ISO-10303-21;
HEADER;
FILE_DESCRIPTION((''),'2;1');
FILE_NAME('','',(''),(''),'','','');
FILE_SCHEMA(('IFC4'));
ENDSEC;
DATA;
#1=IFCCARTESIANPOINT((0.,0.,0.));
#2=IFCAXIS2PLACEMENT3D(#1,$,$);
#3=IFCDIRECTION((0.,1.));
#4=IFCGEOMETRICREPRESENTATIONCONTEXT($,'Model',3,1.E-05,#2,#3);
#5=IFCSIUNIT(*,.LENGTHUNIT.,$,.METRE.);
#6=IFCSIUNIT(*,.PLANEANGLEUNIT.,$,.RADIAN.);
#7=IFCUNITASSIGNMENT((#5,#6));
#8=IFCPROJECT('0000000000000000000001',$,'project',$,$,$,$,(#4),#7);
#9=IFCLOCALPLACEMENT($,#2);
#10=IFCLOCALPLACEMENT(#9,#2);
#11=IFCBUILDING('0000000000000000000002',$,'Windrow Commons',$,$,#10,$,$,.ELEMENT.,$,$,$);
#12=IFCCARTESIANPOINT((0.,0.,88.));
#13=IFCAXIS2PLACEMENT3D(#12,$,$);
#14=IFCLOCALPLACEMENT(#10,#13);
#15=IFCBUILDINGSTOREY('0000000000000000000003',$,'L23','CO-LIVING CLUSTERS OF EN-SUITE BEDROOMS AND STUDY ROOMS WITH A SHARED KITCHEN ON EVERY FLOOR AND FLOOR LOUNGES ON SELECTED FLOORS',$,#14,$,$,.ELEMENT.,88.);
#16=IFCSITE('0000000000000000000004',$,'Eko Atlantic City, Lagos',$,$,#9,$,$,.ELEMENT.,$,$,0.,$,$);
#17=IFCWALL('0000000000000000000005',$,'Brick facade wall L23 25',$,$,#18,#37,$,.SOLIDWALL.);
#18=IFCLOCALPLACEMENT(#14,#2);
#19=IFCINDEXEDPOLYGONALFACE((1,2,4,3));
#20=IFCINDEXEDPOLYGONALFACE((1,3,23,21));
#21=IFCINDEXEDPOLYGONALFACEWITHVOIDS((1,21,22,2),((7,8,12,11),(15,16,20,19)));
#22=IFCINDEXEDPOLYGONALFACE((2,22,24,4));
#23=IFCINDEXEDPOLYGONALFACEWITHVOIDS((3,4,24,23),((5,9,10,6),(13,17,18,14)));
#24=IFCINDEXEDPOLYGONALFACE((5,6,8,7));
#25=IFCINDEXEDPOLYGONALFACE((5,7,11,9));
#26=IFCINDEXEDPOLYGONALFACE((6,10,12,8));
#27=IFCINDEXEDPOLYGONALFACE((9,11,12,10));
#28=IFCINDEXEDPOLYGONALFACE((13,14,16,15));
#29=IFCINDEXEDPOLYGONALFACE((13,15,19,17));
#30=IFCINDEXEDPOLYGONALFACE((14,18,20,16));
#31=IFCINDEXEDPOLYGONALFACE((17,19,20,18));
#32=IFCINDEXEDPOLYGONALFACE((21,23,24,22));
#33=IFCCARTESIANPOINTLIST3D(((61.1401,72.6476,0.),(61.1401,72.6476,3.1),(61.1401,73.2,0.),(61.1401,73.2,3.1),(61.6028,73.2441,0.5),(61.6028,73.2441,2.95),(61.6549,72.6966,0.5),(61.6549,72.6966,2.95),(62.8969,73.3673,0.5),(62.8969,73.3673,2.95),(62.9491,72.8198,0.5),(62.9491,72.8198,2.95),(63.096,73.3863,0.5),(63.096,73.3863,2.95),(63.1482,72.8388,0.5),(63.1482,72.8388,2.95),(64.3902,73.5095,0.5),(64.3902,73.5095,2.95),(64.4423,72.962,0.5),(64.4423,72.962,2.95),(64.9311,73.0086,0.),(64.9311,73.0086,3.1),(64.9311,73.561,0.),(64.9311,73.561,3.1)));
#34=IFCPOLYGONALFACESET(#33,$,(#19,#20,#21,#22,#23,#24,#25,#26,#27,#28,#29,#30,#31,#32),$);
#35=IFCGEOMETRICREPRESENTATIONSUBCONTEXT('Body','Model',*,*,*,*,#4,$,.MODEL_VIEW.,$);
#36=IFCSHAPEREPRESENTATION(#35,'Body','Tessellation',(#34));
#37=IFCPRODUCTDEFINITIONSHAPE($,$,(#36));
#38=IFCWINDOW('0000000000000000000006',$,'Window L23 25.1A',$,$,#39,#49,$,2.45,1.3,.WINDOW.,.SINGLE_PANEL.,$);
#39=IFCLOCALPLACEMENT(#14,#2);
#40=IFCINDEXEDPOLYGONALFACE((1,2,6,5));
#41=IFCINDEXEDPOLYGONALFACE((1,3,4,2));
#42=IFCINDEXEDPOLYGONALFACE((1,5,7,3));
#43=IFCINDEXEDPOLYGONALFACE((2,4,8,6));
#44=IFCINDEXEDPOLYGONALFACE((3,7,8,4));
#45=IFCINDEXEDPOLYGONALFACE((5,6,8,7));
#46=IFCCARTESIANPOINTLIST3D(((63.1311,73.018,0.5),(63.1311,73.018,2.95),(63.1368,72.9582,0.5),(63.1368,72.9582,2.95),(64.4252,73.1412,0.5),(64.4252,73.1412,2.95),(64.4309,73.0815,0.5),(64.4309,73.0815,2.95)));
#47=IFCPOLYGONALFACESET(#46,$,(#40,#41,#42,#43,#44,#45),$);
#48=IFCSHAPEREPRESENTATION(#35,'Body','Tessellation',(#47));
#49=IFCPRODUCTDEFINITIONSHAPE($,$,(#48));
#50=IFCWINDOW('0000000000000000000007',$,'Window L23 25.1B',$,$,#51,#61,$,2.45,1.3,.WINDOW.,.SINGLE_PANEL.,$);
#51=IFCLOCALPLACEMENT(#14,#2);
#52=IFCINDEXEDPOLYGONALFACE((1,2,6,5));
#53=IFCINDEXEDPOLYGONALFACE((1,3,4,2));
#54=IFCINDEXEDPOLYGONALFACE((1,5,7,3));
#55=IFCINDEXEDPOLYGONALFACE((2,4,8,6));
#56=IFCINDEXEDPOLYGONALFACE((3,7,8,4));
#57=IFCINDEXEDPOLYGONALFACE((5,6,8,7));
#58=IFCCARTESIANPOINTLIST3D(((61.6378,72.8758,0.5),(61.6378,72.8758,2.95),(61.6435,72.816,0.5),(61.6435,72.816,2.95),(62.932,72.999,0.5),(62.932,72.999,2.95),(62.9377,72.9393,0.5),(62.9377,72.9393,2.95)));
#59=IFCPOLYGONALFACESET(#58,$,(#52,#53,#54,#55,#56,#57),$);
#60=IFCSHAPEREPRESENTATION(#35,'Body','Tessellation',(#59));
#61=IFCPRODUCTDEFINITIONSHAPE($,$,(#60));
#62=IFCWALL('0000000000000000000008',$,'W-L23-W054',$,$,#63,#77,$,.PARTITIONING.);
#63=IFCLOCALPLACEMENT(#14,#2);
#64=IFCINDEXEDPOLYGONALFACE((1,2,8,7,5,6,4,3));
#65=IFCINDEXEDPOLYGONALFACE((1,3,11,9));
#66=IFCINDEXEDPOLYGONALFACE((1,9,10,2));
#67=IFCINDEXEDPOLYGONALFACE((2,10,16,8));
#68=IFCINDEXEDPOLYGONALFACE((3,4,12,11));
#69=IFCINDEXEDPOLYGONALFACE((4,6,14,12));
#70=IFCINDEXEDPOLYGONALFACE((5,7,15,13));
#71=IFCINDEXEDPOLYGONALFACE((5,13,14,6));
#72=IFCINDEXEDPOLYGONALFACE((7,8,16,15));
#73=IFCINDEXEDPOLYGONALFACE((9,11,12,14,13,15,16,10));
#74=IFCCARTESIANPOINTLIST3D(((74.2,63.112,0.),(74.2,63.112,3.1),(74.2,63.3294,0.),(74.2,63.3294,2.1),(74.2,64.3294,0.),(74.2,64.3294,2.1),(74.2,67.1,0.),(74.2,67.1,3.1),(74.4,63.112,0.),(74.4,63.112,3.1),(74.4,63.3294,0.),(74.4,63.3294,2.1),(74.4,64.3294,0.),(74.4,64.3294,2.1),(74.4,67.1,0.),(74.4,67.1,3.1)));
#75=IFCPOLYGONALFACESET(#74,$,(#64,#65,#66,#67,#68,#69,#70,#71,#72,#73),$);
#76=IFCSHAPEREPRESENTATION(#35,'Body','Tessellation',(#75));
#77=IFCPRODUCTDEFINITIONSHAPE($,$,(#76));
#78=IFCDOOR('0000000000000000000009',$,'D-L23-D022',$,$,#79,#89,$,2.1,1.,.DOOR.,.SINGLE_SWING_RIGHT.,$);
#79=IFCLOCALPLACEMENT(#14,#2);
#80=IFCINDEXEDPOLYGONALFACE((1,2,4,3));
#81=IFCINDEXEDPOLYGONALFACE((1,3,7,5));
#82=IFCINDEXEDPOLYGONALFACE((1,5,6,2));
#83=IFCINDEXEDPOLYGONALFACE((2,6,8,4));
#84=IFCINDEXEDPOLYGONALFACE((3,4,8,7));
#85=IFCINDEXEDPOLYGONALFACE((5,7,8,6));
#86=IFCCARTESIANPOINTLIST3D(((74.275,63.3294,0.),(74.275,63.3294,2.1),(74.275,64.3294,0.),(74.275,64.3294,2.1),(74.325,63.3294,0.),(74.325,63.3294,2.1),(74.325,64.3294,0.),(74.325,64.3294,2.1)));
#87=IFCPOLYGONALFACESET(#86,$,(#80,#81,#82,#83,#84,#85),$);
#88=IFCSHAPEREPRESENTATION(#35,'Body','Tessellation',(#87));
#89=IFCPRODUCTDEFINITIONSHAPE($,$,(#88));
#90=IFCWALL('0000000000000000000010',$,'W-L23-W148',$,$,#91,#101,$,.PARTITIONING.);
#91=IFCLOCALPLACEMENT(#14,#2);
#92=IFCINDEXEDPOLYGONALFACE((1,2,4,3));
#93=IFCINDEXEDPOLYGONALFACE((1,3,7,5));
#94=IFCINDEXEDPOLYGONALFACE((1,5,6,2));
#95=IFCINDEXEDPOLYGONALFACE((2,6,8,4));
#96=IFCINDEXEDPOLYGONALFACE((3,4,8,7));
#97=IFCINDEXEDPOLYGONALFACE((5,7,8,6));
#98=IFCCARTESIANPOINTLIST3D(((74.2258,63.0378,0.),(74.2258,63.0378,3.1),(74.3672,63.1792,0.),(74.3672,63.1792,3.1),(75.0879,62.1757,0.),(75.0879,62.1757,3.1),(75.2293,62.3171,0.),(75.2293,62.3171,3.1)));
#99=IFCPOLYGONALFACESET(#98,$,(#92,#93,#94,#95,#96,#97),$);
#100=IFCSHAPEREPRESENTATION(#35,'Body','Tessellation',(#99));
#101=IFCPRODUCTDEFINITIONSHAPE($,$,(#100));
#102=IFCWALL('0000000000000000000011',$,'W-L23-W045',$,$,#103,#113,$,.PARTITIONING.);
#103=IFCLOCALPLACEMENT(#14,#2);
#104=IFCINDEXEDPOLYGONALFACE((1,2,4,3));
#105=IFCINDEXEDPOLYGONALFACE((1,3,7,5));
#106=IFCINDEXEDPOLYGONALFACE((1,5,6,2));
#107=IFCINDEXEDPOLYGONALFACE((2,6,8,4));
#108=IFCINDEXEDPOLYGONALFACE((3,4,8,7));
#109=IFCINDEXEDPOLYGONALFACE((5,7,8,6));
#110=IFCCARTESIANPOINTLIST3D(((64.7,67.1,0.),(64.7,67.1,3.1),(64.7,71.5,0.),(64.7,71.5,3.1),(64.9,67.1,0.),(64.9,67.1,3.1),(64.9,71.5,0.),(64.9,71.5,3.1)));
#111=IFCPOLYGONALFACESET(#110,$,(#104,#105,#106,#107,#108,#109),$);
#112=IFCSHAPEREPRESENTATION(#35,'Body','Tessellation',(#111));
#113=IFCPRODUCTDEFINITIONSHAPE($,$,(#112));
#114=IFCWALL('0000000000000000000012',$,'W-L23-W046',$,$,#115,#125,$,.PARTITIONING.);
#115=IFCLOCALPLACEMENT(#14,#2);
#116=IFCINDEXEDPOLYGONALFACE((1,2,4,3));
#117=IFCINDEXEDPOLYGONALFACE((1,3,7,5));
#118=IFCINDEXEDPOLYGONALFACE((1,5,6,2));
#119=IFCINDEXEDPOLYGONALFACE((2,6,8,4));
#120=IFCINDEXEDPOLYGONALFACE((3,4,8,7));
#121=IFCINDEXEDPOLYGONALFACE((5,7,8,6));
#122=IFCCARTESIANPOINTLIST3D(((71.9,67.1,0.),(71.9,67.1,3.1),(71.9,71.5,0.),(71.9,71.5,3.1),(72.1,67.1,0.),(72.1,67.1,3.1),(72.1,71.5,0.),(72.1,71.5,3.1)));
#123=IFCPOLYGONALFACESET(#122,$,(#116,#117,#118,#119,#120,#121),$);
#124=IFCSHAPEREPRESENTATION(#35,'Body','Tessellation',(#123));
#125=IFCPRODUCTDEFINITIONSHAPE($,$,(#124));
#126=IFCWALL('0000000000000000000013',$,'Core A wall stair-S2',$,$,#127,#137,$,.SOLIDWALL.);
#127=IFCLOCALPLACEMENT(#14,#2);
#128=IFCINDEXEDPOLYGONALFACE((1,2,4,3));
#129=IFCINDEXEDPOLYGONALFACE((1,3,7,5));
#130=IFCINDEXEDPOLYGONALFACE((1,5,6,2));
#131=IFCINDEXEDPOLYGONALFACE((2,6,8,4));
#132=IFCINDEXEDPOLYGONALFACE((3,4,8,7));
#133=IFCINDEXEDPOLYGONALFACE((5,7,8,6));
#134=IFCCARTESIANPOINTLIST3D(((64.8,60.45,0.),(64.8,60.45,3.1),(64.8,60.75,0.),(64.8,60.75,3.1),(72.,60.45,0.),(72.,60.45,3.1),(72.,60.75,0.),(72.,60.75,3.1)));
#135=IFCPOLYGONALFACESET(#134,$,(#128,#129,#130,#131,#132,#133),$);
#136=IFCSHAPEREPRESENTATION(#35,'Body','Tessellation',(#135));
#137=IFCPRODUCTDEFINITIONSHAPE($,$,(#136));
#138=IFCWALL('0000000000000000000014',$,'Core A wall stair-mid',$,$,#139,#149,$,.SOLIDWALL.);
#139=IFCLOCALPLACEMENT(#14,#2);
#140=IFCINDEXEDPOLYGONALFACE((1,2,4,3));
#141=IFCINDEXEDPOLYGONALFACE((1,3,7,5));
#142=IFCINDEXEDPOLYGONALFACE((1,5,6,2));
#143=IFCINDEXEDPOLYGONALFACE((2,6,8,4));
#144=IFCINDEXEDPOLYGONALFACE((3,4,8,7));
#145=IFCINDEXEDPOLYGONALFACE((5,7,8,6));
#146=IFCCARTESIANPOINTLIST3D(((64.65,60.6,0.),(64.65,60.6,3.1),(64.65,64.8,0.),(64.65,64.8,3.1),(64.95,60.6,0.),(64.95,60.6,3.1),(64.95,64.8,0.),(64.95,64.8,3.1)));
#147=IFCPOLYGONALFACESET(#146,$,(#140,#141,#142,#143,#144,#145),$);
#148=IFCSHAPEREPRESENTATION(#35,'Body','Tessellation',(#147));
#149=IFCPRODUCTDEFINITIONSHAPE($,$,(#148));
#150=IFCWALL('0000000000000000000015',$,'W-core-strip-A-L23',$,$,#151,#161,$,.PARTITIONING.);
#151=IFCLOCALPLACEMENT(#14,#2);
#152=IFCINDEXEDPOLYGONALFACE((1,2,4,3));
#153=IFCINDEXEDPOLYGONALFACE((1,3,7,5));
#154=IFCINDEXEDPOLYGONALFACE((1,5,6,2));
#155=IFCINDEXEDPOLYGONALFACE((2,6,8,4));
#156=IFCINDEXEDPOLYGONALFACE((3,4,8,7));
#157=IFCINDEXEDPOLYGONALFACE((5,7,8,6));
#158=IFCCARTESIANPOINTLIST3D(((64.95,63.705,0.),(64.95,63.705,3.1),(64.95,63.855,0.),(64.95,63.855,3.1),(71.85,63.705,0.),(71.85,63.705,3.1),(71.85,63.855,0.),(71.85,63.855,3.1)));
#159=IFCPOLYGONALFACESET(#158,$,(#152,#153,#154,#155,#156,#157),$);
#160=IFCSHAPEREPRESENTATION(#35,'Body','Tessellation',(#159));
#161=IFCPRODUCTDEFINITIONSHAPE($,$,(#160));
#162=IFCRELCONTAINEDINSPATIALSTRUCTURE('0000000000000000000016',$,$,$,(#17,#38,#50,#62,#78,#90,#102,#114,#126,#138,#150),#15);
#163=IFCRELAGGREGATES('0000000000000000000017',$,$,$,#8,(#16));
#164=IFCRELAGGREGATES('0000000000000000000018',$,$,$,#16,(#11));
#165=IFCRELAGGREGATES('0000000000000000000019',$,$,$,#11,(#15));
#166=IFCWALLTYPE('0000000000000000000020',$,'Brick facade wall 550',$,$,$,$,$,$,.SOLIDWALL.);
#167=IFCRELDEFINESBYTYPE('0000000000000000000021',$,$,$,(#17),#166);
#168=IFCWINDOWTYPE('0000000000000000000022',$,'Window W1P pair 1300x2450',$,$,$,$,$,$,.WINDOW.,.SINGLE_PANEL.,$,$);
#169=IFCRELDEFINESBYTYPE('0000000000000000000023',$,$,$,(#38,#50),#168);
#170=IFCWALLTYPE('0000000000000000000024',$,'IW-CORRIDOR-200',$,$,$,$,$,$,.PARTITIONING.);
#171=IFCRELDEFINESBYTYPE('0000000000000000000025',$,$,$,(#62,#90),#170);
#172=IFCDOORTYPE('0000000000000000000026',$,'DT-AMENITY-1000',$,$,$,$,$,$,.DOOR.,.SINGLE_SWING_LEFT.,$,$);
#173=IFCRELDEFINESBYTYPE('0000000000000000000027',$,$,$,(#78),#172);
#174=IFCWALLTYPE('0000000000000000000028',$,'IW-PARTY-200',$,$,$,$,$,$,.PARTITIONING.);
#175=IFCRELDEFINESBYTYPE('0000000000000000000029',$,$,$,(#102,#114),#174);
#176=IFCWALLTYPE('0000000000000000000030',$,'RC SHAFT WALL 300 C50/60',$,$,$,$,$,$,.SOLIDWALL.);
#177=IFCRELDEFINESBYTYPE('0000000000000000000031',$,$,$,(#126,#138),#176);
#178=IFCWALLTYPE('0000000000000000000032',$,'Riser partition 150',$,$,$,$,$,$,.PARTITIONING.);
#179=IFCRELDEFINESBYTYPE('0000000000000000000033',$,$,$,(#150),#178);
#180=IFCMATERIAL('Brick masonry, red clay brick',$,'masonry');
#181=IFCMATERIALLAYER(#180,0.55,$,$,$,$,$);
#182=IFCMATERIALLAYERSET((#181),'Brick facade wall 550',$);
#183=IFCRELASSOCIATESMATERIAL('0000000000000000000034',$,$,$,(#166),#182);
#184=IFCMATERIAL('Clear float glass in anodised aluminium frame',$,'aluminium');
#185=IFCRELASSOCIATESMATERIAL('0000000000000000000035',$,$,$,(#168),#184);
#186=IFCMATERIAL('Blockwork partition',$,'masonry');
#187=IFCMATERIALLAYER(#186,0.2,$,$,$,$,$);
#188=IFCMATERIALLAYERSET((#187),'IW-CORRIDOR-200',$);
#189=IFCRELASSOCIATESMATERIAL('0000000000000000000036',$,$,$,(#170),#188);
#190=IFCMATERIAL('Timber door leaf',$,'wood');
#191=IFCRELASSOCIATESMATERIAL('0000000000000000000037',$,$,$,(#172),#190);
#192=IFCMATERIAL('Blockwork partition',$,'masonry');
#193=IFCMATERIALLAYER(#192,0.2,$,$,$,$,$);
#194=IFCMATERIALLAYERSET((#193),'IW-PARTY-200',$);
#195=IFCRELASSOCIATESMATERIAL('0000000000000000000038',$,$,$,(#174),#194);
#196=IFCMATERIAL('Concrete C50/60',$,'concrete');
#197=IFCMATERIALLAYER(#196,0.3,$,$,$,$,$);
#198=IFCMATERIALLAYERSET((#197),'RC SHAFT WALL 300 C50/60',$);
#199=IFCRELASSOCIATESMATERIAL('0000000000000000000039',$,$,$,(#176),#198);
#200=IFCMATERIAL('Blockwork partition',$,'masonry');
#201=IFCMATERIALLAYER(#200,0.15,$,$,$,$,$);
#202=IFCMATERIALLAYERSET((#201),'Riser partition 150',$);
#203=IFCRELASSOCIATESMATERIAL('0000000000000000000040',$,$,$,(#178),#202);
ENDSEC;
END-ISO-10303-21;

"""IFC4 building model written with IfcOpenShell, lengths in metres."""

from ifc_helpers import new_model, si_unit, direction, frame, frame_2d, origin, place, context, subcontext, project, spatial, polyline, rectangle, outline, extrude, material, layer, layer_set, type_object, element, fill, save


model = new_model("IFC4")

# Units and contexts
model_context = context("Model", 3, precision=1e-05, world=origin(), true_north=direction((0.0, 1.0)))
body_context = subcontext(model_context, "Body", "Model", "MODEL_VIEW")
ifc_project = project(units=[si_unit("LENGTHUNIT", "METRE"), si_unit("PLANEANGLEUNIT", "RADIAN")], contexts=[model_context])

# Site, building, storey
site_placement = place(None, origin())
site = spatial("IfcSite", under=ifc_project, at=site_placement, Name="Eko Atlantic City, Lagos", CompositionType="ELEMENT", RefElevation=0.0)
building_placement = place(site_placement, origin())
building = spatial("IfcBuilding", under=site, at=building_placement, Name="Windrow Commons", CompositionType="ELEMENT")
storey_placement = place(building_placement, frame((0.0, 0.0, 88.0)))
storey = spatial("IfcBuildingStorey", under=building, at=storey_placement, Name="L23", Description="CO-LIVING CLUSTERS OF EN-SUITE BEDROOMS AND STUDY ROOMS WITH A SHARED KITCHEN ON EVERY FLOOR AND FLOOR LOUNGES ON SELECTED FLOORS", CompositionType="ELEMENT", Elevation=88.0)

# Wall, openings, windows
ifc_material_1 = material(Name="Brick masonry, red clay brick", Category="masonry")
ifc_layer_1 = layer(ifc_material_1, 0.55)
ifc_layer_set_1 = layer_set([ifc_layer_1], Name="Brick facade wall 550")
wall_type_1 = type_object("IfcWallType", Name="Brick facade wall 550", PredefinedType="SOLIDWALL", material=ifc_layer_set_1)
ifc_material_2 = material(Name="Clear float glass in anodised aluminium frame", Category="aluminium")
window_type = type_object("IfcWindowType", Name="Window W1P pair 1300x2450", PartitioningType="SINGLE_PANEL", PredefinedType="WINDOW", material=ifc_material_2)
wall_1_placement = place(storey_placement, frame((64.9311, 73.2848, 0.0), z_axis=(0.0, 0.0, 1.0), x_axis=(-0.995497, -0.094797, 0.0)))
wall_1 = element("IfcWall", 1, at=wall_1_placement, inside=storey, type_object=wall_type_1, Name="Brick facade wall L23 25", PredefinedType="SOLIDWALL", context=body_context, shape_type="SweptSolid", body=[
    extrude(outline(polyline([(-0.0262, -0.275), (3.782, -0.275), (3.8343, 0.275), (0.0262, 0.275), (-0.0262, -0.275)])), origin(), (0.0, 0.0, 1.0), 3.1),
])
opening_1_placement = place(wall_1_placement, frame((0.5172, 0.0, 0.5)))
opening_1 = element("IfcOpeningElement", 2, at=opening_1_placement, cuts=wall_1, PredefinedType="OPENING", context=body_context, shape_type="SweptSolid", body=[
    extrude(rectangle(XDim=1.3, YDim=2.45, at=frame_2d((0.65, 1.225))), frame((0.0, 0.285, 0.0), z_axis=(0.0, -1.0, 0.0), x_axis=(1.0, 0.0, 0.0)), (0.0, 0.0, 1.0), 0.57),
])
opening_2_placement = place(wall_1_placement, frame((2.0172, 0.0, 0.5)))
opening_2 = element("IfcOpeningElement", 3, at=opening_2_placement, cuts=wall_1, PredefinedType="OPENING", context=body_context, shape_type="SweptSolid", body=[
    extrude(rectangle(XDim=1.3, YDim=2.45, at=frame_2d((0.65, 1.225))), frame((0.0, 0.285, 0.0), z_axis=(0.0, -1.0, 0.0), x_axis=(1.0, 0.0, 0.0)), (0.0, 0.0, 1.0), 0.57),
])
window_1_placement = place(opening_1_placement, origin())
window_1 = element("IfcWindow", 4, at=window_1_placement, inside=storey, type_object=window_type, Name="Window L23 25.1A", OverallHeight=2.45, OverallWidth=1.3, PartitioningType="SINGLE_PANEL", PredefinedType="WINDOW", context=body_context, shape_type="SweptSolid", body=[
    extrude(rectangle(XDim=1.3, YDim=2.45, at=frame_2d((0.65, 1.225))), frame((0.0, 0.155, 0.0), z_axis=(0.0, -1.0, 0.0), x_axis=(1.0, 0.0, 0.0)), (0.0, 0.0, 1.0), 0.06),
])
fill(opening_1, window_1)
window_2_placement = place(opening_2_placement, origin())
window_2 = element("IfcWindow", 5, at=window_2_placement, inside=storey, type_object=window_type, Name="Window L23 25.1B", OverallHeight=2.45, OverallWidth=1.3, PartitioningType="SINGLE_PANEL", PredefinedType="WINDOW", context=body_context, shape_type="SweptSolid", body=[
    extrude(rectangle(XDim=1.3, YDim=2.45, at=frame_2d((0.65, 1.225))), frame((0.0, 0.155, 0.0), z_axis=(0.0, -1.0, 0.0), x_axis=(1.0, 0.0, 0.0)), (0.0, 0.0, 1.0), 0.06),
])
fill(opening_2, window_2)

# Wall, opening, door
ifc_material_3 = material(Name="Blockwork partition", Category="masonry")
ifc_layer_2 = layer(ifc_material_3, 0.2)
ifc_layer_set_2 = layer_set([ifc_layer_2], Name="IW-CORRIDOR-200")
wall_type_2 = type_object("IfcWallType", Name="IW-CORRIDOR-200", PredefinedType="PARTITIONING", material=ifc_layer_set_2)
wall_2_placement = place(storey_placement, frame((74.3, 63.112, 0.0), z_axis=(0.0, 0.0, 1.0), x_axis=(0.0, 1.0, 0.0)))
wall_2 = element("IfcWall", 6, at=wall_2_placement, inside=storey, type_object=wall_type_2, Name="W-L23-W054", PredefinedType="PARTITIONING", context=body_context, shape_type="SweptSolid", body=[
    extrude(rectangle(XDim=3.988, YDim=0.2, at=frame_2d((1.994, 0.0))), origin(), (0.0, 0.0, 1.0), 3.1),
])
opening_3_placement = place(wall_2_placement, frame((0.2174, 0.0, 0.0)))
opening_3 = element("IfcOpeningElement", 7, at=opening_3_placement, cuts=wall_2, PredefinedType="OPENING", context=body_context, shape_type="SweptSolid", body=[
    extrude(rectangle(XDim=1.0, YDim=2.1, at=frame_2d((0.5, 1.05))), frame((0.0, 0.11, 0.0), z_axis=(0.0, -1.0, 0.0), x_axis=(1.0, 0.0, 0.0)), (0.0, 0.0, 1.0), 0.22),
])
ifc_material_4 = material(Name="Timber door leaf", Category="wood")
door_type = type_object("IfcDoorType", Name="DT-AMENITY-1000", OperationType="SINGLE_SWING_LEFT", PredefinedType="DOOR", material=ifc_material_4)
door_placement = place(opening_3_placement, origin())
door = element("IfcDoor", 8, at=door_placement, inside=storey, type_object=door_type, Name="D-L23-D022", OperationType="SINGLE_SWING_RIGHT", OverallHeight=2.1, OverallWidth=1.0, PredefinedType="DOOR", context=body_context, shape_type="SweptSolid", body=[
    extrude(rectangle(XDim=1.0, YDim=2.1, at=frame_2d((0.5, 1.05))), frame((0.0, 0.025, 0.0), z_axis=(0.0, -1.0, 0.0), x_axis=(1.0, 0.0, 0.0)), (0.0, 0.0, 1.0), 0.05),
])
fill(opening_3, door)

# Walls
wall_3_placement = place(storey_placement, frame((74.2965, 63.1085, 0.0), z_axis=(0.0, 0.0, 1.0), x_axis=(0.707107, -0.707107, 0.0)))
element("IfcWall", 9, at=wall_3_placement, inside=storey, type_object=wall_type_2, Name="W-L23-W148", PredefinedType="PARTITIONING", context=body_context, shape_type="SweptSolid", body=[
    extrude(rectangle(XDim=1.2191, YDim=0.2, at=frame_2d((0.6096, 0.0))), origin(), (0.0, 0.0, 1.0), 3.1),
])
ifc_material_5 = material(Name="Blockwork partition", Category="masonry")
ifc_layer_3 = layer(ifc_material_5, 0.2)
ifc_layer_set_3 = layer_set([ifc_layer_3], Name="IW-PARTY-200")
wall_type_3 = type_object("IfcWallType", Name="IW-PARTY-200", PredefinedType="PARTITIONING", material=ifc_layer_set_3)
for number, where, z_axis, x_axis, name in (
    (10, (64.8, 67.1, 0.0), (0.0, 0.0, 1.0), (0.0, 1.0, 0.0), "W-L23-W045"),
    (11, (72.0, 67.1, 0.0), (0.0, 0.0, 1.0), (0.0, 1.0, 0.0), "W-L23-W046"),
):
    element("IfcWall", number, at=place(storey_placement, frame(where, z_axis=z_axis, x_axis=x_axis)), inside=storey, type_object=wall_type_3, Name=name, PredefinedType="PARTITIONING", context=body_context, shape_type="SweptSolid", body=[
        extrude(rectangle(XDim=4.4, YDim=0.2, at=frame_2d((2.2, 0.0))), origin(), (0.0, 0.0, 1.0), 3.1),
    ])
ifc_material_6 = material(Name="Concrete C50/60", Category="concrete")
ifc_layer_4 = layer(ifc_material_6, 0.3)
ifc_layer_set_4 = layer_set([ifc_layer_4], Name="RC SHAFT WALL 300 C50/60")
wall_type_4 = type_object("IfcWallType", Name="RC SHAFT WALL 300 C50/60", PredefinedType="SOLIDWALL", material=ifc_layer_set_4)
wall_4_placement = place(storey_placement, frame((64.8, 60.6, 0.0), z_axis=(0.0, 0.0, 1.0), x_axis=(1.0, 0.0, 0.0)))
element("IfcWall", 12, at=wall_4_placement, inside=storey, type_object=wall_type_4, Name="Core A wall stair-S2", PredefinedType="SOLIDWALL", context=body_context, shape_type="SweptSolid", body=[
    extrude(rectangle(XDim=7.2, YDim=0.3, at=frame_2d((3.6, 0.0))), origin(), (0.0, 0.0, 1.0), 3.1),
])
wall_5_placement = place(storey_placement, frame((64.8, 60.6, 0.0), z_axis=(0.0, 0.0, 1.0), x_axis=(0.0, 1.0, 0.0)))
element("IfcWall", 13, at=wall_5_placement, inside=storey, type_object=wall_type_4, Name="Core A wall stair-mid", PredefinedType="SOLIDWALL", context=body_context, shape_type="SweptSolid", body=[
    extrude(rectangle(XDim=4.2, YDim=0.3, at=frame_2d((2.1, 0.0))), origin(), (0.0, 0.0, 1.0), 3.1),
])
ifc_material_7 = material(Name="Blockwork partition", Category="masonry")
ifc_layer_5 = layer(ifc_material_7, 0.15)
ifc_layer_set_5 = layer_set([ifc_layer_5], Name="Riser partition 150")
wall_type_5 = type_object("IfcWallType", Name="Riser partition 150", PredefinedType="PARTITIONING", material=ifc_layer_set_5)
wall_6_placement = place(storey_placement, frame((64.95, 63.78, 0.0), z_axis=(0.0, 0.0, 1.0), x_axis=(1.0, 0.0, 0.0)))
element("IfcWall", 14, at=wall_6_placement, inside=storey, type_object=wall_type_5, Name="W-core-strip-A-L23", PredefinedType="PARTITIONING", context=body_context, shape_type="SweptSolid", body=[
    extrude(rectangle(XDim=6.9, YDim=0.15, at=frame_2d((3.45, 0.0))), origin(), (0.0, 0.0, 1.0), 3.1),
])

save(model, "model.ifc")
